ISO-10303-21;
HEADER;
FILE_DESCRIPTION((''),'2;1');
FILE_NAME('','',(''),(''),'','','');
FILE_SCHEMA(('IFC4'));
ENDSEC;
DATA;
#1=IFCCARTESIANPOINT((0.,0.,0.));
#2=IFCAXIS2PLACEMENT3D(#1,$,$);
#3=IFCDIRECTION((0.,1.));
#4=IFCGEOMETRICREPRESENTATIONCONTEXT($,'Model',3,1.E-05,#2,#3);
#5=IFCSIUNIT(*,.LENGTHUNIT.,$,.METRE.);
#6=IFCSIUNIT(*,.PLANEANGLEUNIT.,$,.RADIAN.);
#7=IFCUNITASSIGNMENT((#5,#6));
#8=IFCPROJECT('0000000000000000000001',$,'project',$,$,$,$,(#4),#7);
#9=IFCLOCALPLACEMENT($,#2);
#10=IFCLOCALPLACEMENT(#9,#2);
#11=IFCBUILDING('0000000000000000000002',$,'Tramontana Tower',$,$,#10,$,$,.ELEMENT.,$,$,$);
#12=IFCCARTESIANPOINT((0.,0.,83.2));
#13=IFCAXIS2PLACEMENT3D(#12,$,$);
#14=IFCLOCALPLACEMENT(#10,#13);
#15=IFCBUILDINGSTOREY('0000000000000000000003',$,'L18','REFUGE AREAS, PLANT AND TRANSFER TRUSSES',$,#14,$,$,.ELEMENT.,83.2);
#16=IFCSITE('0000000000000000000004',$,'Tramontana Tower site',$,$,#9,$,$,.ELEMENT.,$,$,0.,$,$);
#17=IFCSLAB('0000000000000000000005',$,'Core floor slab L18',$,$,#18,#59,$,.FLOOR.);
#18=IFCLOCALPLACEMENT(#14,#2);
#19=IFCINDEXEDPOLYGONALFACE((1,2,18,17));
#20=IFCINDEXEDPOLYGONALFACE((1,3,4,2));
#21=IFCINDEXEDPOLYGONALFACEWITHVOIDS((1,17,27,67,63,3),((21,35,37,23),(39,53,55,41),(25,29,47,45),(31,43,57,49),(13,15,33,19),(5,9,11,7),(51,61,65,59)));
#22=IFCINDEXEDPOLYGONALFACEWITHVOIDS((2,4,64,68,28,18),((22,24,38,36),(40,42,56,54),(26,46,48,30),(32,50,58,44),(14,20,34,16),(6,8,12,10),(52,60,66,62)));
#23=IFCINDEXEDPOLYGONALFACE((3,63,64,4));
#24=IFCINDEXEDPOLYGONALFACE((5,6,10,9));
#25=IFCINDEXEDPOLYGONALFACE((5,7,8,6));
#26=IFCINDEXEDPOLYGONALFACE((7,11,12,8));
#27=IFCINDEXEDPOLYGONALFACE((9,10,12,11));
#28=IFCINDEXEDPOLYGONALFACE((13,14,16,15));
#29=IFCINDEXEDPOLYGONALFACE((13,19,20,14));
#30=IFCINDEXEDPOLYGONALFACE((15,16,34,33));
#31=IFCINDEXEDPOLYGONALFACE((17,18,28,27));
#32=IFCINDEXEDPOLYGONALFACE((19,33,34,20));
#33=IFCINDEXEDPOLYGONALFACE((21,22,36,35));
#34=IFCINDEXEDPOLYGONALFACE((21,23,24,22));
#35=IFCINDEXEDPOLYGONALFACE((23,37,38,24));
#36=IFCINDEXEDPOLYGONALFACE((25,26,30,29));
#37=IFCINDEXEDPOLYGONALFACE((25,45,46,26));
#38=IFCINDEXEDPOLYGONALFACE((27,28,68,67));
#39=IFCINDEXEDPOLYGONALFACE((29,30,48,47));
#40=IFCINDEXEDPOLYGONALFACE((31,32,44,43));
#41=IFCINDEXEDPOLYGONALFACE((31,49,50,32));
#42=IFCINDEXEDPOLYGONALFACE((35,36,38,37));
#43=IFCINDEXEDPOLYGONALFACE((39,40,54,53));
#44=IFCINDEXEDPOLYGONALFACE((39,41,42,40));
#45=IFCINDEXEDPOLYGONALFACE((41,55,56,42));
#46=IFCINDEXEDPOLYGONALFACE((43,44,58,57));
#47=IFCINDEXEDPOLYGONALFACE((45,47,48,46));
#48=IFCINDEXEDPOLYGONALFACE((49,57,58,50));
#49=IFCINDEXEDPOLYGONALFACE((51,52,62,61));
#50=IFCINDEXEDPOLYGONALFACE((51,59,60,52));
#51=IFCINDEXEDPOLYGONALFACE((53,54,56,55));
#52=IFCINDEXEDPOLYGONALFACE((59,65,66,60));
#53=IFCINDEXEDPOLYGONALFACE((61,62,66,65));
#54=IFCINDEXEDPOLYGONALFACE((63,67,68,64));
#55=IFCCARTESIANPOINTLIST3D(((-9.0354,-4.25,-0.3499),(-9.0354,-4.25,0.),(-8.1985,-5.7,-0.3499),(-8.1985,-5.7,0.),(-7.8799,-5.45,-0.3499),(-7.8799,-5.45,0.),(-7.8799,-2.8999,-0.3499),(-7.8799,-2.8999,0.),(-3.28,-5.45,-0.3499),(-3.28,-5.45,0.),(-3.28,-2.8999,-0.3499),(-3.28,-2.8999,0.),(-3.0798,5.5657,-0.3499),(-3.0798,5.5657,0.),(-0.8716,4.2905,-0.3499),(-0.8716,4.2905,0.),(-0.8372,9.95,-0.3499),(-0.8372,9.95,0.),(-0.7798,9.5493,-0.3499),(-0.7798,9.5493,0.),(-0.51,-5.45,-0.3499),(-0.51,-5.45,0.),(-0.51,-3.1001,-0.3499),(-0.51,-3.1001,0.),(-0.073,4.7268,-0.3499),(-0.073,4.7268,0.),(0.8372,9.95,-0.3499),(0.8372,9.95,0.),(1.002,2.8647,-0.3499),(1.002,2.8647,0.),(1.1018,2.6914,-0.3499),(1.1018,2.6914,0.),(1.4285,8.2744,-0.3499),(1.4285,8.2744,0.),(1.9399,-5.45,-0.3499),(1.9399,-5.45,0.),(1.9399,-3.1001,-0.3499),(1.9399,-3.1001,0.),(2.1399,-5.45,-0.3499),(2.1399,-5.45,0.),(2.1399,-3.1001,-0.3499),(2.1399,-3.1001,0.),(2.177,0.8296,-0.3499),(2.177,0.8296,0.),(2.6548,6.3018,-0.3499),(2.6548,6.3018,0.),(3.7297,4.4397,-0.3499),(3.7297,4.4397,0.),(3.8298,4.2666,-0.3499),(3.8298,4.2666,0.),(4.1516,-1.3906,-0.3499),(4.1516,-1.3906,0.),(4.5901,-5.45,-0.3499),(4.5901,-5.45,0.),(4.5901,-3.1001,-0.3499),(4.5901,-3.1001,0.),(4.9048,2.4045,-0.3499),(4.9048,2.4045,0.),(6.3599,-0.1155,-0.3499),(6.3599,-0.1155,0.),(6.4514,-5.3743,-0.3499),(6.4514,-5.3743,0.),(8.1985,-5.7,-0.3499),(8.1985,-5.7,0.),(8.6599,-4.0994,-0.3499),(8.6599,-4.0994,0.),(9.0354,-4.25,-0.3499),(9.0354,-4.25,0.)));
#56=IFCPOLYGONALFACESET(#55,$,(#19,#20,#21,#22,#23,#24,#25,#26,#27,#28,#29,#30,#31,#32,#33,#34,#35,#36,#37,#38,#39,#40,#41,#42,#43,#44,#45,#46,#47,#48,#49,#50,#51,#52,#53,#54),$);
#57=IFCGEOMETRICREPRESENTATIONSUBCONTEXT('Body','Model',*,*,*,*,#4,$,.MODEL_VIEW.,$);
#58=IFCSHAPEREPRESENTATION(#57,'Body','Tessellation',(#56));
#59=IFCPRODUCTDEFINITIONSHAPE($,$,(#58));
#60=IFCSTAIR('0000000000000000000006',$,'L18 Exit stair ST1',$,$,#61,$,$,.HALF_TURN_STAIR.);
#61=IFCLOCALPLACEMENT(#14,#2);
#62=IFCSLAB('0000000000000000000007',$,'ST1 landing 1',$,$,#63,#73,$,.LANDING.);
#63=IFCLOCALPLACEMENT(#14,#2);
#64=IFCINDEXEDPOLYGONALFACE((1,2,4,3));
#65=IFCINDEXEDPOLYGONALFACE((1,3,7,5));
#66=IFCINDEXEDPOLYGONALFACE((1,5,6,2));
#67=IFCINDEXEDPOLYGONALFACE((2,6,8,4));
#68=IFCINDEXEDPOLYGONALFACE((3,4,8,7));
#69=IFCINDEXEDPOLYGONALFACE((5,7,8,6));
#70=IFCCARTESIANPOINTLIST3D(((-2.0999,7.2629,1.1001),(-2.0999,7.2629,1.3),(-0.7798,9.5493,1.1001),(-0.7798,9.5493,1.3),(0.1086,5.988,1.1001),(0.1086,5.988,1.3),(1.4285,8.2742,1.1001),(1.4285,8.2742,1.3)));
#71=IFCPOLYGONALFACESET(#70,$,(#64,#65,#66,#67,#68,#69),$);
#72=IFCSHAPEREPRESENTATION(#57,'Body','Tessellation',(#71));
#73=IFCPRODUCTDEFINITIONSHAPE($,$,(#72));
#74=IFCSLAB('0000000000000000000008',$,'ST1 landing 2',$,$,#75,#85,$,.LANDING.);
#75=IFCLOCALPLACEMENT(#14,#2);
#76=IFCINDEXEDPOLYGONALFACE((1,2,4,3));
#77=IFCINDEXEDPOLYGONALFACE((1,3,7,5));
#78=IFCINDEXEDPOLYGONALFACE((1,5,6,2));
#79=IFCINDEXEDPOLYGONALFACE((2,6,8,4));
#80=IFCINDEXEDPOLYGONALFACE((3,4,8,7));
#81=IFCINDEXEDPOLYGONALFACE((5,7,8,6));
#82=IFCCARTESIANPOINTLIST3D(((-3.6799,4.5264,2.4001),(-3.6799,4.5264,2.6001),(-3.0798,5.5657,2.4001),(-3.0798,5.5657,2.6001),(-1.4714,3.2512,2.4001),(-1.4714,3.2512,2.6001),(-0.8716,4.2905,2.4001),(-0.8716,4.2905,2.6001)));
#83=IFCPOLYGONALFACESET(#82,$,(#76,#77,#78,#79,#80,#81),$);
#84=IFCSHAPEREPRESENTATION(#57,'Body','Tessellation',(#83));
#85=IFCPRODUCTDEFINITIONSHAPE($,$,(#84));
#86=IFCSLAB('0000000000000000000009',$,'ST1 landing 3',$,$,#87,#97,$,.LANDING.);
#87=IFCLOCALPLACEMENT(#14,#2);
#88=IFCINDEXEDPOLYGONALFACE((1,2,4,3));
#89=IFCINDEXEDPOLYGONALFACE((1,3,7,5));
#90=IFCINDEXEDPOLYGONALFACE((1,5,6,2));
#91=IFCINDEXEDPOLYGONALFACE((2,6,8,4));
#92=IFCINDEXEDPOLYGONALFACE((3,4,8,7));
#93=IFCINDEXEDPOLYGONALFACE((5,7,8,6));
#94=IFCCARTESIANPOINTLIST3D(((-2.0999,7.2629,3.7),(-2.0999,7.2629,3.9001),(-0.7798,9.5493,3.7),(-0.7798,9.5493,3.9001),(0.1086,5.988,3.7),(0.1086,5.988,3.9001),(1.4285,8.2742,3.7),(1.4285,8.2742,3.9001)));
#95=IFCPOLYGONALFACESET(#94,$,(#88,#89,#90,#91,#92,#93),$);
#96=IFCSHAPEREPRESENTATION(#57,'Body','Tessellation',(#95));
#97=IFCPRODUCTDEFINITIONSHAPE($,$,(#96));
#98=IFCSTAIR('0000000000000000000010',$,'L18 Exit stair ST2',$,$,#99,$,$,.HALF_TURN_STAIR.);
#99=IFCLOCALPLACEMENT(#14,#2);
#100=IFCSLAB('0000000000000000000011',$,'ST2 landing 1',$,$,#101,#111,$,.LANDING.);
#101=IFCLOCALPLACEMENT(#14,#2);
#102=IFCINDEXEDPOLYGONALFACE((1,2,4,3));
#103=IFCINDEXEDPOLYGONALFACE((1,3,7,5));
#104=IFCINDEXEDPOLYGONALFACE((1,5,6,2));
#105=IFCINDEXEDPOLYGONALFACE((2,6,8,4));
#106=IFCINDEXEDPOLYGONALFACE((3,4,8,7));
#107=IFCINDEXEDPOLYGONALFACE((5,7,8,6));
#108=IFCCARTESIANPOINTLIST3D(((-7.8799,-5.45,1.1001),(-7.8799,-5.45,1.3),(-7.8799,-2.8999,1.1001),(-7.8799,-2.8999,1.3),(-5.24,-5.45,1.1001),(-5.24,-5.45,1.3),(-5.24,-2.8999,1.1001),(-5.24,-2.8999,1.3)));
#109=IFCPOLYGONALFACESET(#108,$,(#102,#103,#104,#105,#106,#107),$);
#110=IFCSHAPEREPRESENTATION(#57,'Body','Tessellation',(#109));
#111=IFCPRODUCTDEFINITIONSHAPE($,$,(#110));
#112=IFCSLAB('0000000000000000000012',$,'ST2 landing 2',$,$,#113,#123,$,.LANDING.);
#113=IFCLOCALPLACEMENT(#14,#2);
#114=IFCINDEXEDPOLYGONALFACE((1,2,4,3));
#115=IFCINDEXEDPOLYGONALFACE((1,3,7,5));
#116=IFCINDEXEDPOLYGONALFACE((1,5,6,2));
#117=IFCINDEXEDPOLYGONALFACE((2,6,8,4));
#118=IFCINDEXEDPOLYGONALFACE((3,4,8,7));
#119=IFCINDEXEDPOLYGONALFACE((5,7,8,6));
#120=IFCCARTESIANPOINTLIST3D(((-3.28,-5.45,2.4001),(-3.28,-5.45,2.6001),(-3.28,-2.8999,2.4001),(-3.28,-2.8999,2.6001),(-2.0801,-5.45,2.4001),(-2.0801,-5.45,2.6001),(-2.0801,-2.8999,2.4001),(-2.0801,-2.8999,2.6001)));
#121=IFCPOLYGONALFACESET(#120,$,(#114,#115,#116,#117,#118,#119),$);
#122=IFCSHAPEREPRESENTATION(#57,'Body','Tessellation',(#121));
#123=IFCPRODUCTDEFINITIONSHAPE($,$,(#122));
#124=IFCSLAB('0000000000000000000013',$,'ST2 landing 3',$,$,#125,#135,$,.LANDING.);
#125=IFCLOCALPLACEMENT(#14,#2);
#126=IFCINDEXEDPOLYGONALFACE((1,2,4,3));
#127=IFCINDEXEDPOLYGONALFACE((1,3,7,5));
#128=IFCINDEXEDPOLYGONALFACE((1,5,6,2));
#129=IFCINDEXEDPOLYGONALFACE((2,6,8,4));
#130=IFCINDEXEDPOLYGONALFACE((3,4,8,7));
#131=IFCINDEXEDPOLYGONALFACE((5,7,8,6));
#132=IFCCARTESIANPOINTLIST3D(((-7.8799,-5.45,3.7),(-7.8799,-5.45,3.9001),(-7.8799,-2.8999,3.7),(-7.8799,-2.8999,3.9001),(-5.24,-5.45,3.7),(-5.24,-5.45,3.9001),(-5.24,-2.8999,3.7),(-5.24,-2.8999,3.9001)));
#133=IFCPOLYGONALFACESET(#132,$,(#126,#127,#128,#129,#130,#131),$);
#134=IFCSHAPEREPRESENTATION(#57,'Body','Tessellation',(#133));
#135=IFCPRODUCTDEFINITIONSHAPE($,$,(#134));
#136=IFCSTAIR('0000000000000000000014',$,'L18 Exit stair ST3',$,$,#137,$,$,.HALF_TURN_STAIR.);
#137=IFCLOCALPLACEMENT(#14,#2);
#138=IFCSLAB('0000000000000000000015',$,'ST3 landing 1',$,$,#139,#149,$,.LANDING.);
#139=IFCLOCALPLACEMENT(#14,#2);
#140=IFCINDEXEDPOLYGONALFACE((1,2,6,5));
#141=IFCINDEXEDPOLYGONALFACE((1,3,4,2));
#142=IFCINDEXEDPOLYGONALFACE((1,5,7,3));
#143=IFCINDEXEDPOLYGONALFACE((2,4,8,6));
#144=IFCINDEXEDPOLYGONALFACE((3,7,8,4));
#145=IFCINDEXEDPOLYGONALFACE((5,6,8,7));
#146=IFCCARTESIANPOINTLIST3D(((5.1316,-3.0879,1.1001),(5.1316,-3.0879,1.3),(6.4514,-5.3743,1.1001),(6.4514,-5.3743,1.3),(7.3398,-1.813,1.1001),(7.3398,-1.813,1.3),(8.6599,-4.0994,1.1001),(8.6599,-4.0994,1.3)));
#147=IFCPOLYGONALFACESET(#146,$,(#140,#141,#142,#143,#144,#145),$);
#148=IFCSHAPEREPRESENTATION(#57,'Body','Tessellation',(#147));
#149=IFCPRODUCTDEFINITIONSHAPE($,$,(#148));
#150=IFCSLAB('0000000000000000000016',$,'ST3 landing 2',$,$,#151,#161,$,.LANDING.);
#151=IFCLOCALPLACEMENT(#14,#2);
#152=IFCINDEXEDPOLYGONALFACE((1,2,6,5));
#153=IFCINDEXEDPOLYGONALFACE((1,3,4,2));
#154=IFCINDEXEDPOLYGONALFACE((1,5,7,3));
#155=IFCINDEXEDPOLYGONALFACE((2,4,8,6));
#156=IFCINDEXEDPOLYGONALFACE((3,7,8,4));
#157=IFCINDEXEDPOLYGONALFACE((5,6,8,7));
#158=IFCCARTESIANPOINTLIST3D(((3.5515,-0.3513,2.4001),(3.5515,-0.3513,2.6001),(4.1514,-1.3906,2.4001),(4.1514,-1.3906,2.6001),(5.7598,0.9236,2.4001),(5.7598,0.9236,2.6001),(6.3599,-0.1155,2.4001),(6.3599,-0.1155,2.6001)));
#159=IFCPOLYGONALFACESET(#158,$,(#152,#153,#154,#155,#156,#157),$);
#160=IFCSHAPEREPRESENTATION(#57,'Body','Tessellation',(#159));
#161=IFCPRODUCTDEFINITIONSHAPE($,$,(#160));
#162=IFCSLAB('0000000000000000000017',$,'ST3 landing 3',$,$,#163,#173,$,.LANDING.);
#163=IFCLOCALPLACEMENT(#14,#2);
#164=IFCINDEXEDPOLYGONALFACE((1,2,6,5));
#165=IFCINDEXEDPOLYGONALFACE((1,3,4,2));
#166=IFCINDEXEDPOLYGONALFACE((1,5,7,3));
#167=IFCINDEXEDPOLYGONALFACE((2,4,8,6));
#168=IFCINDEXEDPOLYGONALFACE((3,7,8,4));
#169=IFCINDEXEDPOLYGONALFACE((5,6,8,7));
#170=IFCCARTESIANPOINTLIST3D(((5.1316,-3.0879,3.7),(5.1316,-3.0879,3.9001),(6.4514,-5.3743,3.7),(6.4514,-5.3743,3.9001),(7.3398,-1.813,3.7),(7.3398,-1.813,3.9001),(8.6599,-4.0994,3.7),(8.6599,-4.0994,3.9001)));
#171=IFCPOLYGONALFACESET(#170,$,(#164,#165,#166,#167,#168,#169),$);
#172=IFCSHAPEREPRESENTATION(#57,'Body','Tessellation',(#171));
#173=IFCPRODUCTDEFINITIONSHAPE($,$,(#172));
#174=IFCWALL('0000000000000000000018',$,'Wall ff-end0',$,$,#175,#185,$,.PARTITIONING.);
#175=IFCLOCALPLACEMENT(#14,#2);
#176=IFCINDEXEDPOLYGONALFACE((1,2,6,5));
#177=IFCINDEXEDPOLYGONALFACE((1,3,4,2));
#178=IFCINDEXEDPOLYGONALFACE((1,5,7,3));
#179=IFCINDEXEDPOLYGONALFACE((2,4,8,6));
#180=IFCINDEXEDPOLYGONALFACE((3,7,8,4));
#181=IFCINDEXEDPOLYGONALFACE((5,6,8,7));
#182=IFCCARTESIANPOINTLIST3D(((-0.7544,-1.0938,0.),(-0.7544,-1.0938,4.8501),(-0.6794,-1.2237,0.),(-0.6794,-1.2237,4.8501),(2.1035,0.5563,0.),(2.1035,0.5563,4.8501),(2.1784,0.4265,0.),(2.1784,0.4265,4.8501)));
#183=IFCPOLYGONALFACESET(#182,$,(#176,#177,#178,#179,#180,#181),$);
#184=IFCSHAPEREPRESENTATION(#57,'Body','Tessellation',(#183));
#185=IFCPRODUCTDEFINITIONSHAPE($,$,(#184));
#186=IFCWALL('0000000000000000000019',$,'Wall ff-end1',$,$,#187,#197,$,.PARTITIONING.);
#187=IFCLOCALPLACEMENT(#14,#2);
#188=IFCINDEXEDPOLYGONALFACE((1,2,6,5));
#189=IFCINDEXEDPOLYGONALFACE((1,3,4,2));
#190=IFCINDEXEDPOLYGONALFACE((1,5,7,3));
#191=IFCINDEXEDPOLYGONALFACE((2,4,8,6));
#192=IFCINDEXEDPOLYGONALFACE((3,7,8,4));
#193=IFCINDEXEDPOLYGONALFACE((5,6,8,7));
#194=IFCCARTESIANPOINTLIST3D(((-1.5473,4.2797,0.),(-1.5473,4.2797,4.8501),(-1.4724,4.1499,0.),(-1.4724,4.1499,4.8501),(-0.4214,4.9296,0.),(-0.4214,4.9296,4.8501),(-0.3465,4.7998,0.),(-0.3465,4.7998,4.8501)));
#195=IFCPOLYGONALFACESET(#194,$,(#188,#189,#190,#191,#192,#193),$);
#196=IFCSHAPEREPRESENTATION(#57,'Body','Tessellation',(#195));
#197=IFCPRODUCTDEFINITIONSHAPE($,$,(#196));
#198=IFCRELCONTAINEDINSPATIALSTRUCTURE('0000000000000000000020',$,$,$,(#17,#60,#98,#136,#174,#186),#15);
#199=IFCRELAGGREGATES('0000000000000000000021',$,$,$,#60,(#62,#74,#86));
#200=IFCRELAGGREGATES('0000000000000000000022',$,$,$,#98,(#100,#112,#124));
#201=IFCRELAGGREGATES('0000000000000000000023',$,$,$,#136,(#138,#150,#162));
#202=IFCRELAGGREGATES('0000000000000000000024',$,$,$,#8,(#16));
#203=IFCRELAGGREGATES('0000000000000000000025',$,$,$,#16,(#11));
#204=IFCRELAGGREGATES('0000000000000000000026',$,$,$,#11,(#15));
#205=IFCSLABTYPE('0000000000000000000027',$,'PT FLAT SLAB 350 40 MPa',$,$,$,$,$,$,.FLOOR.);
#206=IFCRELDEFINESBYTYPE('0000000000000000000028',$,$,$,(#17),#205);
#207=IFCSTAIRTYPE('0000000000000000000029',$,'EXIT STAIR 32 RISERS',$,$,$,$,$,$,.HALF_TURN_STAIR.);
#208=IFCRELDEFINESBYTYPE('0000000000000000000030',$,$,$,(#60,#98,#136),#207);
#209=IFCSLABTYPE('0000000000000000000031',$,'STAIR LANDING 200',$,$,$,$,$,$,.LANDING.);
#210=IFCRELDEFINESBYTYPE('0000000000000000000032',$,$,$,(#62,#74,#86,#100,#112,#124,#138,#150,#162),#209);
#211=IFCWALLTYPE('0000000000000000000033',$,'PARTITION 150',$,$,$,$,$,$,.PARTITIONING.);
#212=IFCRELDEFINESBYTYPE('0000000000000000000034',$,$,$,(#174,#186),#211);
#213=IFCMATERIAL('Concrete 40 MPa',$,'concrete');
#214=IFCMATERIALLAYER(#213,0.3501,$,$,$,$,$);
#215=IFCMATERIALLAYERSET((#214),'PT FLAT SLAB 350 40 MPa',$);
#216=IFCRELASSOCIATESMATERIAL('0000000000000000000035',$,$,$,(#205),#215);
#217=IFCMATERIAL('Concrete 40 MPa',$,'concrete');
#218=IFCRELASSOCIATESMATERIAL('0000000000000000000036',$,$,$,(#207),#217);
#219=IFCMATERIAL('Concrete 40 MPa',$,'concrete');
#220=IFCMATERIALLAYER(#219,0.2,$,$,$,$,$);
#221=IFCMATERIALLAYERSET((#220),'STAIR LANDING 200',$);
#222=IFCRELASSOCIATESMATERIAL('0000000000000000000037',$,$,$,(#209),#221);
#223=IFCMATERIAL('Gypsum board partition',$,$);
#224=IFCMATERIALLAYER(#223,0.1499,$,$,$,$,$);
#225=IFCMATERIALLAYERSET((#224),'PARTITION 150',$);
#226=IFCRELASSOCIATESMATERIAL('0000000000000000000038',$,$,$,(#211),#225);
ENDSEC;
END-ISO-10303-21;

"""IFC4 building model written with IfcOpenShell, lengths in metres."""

from ifc_helpers import new_model, si_unit, direction, frame, frame_2d, origin, place, context, subcontext, project, spatial, polyline, rectangle, outline, extrude, material, layer, layer_set, type_object, element, aggregate, save


model = new_model("IFC4")

# Units and contexts
model_context = context("Model", 3, precision=1e-05, world=origin(), true_north=direction((0.0, 1.0)))
body_context = subcontext(model_context, "Body", "Model", "MODEL_VIEW")
ifc_project = project(units=[si_unit("LENGTHUNIT", "METRE"), si_unit("PLANEANGLEUNIT", "RADIAN")], contexts=[model_context])

# Site, building, storey
site_placement = place(None, origin())
site = spatial("IfcSite", under=ifc_project, at=site_placement, Name="Tramontana Tower site", CompositionType="ELEMENT", RefElevation=0.0)
building_placement = place(site_placement, origin())
building = spatial("IfcBuilding", under=site, at=building_placement, Name="Tramontana Tower", CompositionType="ELEMENT")
storey_placement = place(building_placement, frame((0.0, 0.0, 83.2)))
storey = spatial("IfcBuildingStorey", under=building, at=storey_placement, Name="L18", Description="REFUGE AREAS, PLANT AND TRANSFER TRUSSES", CompositionType="ELEMENT", Elevation=83.2)

# Slab
ifc_material_1 = material(Name="Concrete 40 MPa", Category="concrete")
ifc_layer_1 = layer(ifc_material_1, 0.3501)
ifc_layer_set_1 = layer_set([ifc_layer_1], Name="PT FLAT SLAB 350 40 MPa")
slab_type_1 = type_object("IfcSlabType", Name="PT FLAT SLAB 350 40 MPa", PredefinedType="FLOOR", material=ifc_layer_set_1)
slab_1_placement = place(storey_placement, frame((0.0, 0.0, -0.3499)))
element("IfcSlab", 1, at=slab_1_placement, inside=storey, type_object=slab_type_1, Name="Core floor slab L18", PredefinedType="FLOOR", context=body_context, shape_type="SweptSolid", body=[
    extrude(outline(polyline([(9.0354, -4.25), (8.1985, -5.7), (-8.1985, -5.7), (-9.0354, -4.25), (-0.8372, 9.95), (0.8372, 9.95), (9.0354, -4.25)]), holes=[polyline([(8.6599, -4.0994), (6.3599, -0.1155), (4.1516, -1.3906), (6.4514, -5.3743), (8.6599, -4.0994)]), polyline([(3.8298, 4.2666), (1.1018, 2.6914), (2.177, 0.8296), (4.9048, 2.4045), (3.8298, 4.2666)]), polyline([(4.5901, -3.1001), (2.1399, -3.1001), (2.1399, -5.45), (4.5901, -5.45), (4.5901, -3.1001)]), polyline([(2.6548, 6.3018), (-0.073, 4.7268), (1.002, 2.8647), (3.7297, 4.4397), (2.6548, 6.3018)]), polyline([(1.9399, -5.45), (1.9399, -3.1001), (-0.51, -3.1001), (-0.51, -5.45), (1.9399, -5.45)]), polyline([(-0.7798, 9.5493), (-3.0798, 5.5657), (-0.8716, 4.2905), (1.4285, 8.2744), (-0.7798, 9.5493)]), polyline([(-7.8799, -5.45), (-3.28, -5.45), (-3.28, -2.8999), (-7.8799, -2.8999), (-7.8799, -5.45)])]), origin(), (0.0, 0.0, 1.0), 0.3499),
])

# Stairs, slabs
ifc_material_2 = material(Name="Concrete 40 MPa", Category="concrete")
stair_type = type_object("IfcStairType", Name="EXIT STAIR 32 RISERS", PredefinedType="HALF_TURN_STAIR", material=ifc_material_2)
stair_1_placement = place(storey_placement, origin())
stair_1 = element("IfcStair", 2, at=stair_1_placement, inside=storey, type_object=stair_type, Name="L18 Exit stair ST1", PredefinedType="HALF_TURN_STAIR")
ifc_material_3 = material(Name="Concrete 40 MPa", Category="concrete")
ifc_layer_2 = layer(ifc_material_3, 0.2)
ifc_layer_set_2 = layer_set([ifc_layer_2], Name="STAIR LANDING 200")
slab_type_2 = type_object("IfcSlabType", Name="STAIR LANDING 200", PredefinedType="LANDING", material=ifc_layer_set_2)
slab_2_placement = place(storey_placement, frame((0.0, 0.0, 1.1001)))
slab_2 = element("IfcSlab", 3, at=slab_2_placement, type_object=slab_type_2, Name="ST1 landing 1", PredefinedType="LANDING", context=body_context, shape_type="SweptSolid", body=[
    extrude(outline(polyline([(0.1086, 5.988), (1.4285, 8.2742), (-0.7798, 9.5493), (-2.0999, 7.2629), (0.1086, 5.988)])), origin(), (0.0, 0.0, 1.0), 0.2),
])
slab_3_placement = place(storey_placement, frame((0.0, 0.0, 2.4001)))
slab_3 = element("IfcSlab", 4, at=slab_3_placement, type_object=slab_type_2, Name="ST1 landing 2", PredefinedType="LANDING", context=body_context, shape_type="SweptSolid", body=[
    extrude(outline(polyline([(-1.4714, 3.2512), (-0.8716, 4.2905), (-3.0798, 5.5657), (-3.6799, 4.5264), (-1.4714, 3.2512)])), origin(), (0.0, 0.0, 1.0), 0.2),
])
slab_4_placement = place(storey_placement, frame((0.0, 0.0, 3.7)))
slab_4 = element("IfcSlab", 5, at=slab_4_placement, type_object=slab_type_2, Name="ST1 landing 3", PredefinedType="LANDING", context=body_context, shape_type="SweptSolid", body=[
    extrude(outline(polyline([(0.1086, 5.988), (1.4285, 8.2742), (-0.7798, 9.5493), (-2.0999, 7.2629), (0.1086, 5.988)])), origin(), (0.0, 0.0, 1.0), 0.2002),
])
aggregate(stair_1, [slab_2, slab_3, slab_4])
stair_2_placement = place(storey_placement, origin())
stair_2 = element("IfcStair", 6, at=stair_2_placement, inside=storey, type_object=stair_type, Name="L18 Exit stair ST2", PredefinedType="HALF_TURN_STAIR")
slab_5_placement = place(storey_placement, frame((0.0, 0.0, 1.1001)))
slab_5 = element("IfcSlab", 7, at=slab_5_placement, type_object=slab_type_2, Name="ST2 landing 1", PredefinedType="LANDING", context=body_context, shape_type="SweptSolid", body=[
    extrude(outline(polyline([(-5.24, -2.8999), (-7.8799, -2.8999), (-7.8799, -5.45), (-5.24, -5.45), (-5.24, -2.8999)])), origin(), (0.0, 0.0, 1.0), 0.2),
])
slab_6_placement = place(storey_placement, frame((0.0, 0.0, 2.4001)))
slab_6 = element("IfcSlab", 8, at=slab_6_placement, type_object=slab_type_2, Name="ST2 landing 2", PredefinedType="LANDING", context=body_context, shape_type="SweptSolid", body=[
    extrude(outline(polyline([(-2.0801, -2.8999), (-3.28, -2.8999), (-3.28, -5.45), (-2.0801, -5.45), (-2.0801, -2.8999)])), origin(), (0.0, 0.0, 1.0), 0.2),
])
slab_7_placement = place(storey_placement, frame((0.0, 0.0, 3.7)))
slab_7 = element("IfcSlab", 9, at=slab_7_placement, type_object=slab_type_2, Name="ST2 landing 3", PredefinedType="LANDING", context=body_context, shape_type="SweptSolid", body=[
    extrude(outline(polyline([(-5.24, -2.8999), (-7.8799, -2.8999), (-7.8799, -5.45), (-5.24, -5.45), (-5.24, -2.8999)])), origin(), (0.0, 0.0, 1.0), 0.2002),
])
aggregate(stair_2, [slab_5, slab_6, slab_7])
stair_3_placement = place(storey_placement, origin())
stair_3 = element("IfcStair", 10, at=stair_3_placement, inside=storey, type_object=stair_type, Name="L18 Exit stair ST3", PredefinedType="HALF_TURN_STAIR")
slab_8_placement = place(storey_placement, frame((0.0, 0.0, 1.1001)))
slab_8 = element("IfcSlab", 11, at=slab_8_placement, type_object=slab_type_2, Name="ST3 landing 1", PredefinedType="LANDING", context=body_context, shape_type="SweptSolid", body=[
    extrude(outline(polyline([(5.1316, -3.0879), (6.4514, -5.3743), (8.6599, -4.0994), (7.3398, -1.813), (5.1316, -3.0879)])), origin(), (0.0, 0.0, 1.0), 0.2),
])
slab_9_placement = place(storey_placement, frame((0.0, 0.0, 2.4001)))
slab_9 = element("IfcSlab", 12, at=slab_9_placement, type_object=slab_type_2, Name="ST3 landing 2", PredefinedType="LANDING", context=body_context, shape_type="SweptSolid", body=[
    extrude(outline(polyline([(3.5515, -0.3513), (4.1514, -1.3906), (6.3599, -0.1155), (5.7598, 0.9236), (3.5515, -0.3513)])), origin(), (0.0, 0.0, 1.0), 0.2),
])
slab_10_placement = place(storey_placement, frame((0.0, 0.0, 3.7)))
slab_10 = element("IfcSlab", 13, at=slab_10_placement, type_object=slab_type_2, Name="ST3 landing 3", PredefinedType="LANDING", context=body_context, shape_type="SweptSolid", body=[
    extrude(outline(polyline([(5.1316, -3.0879), (6.4514, -5.3743), (8.6599, -4.0994), (7.3398, -1.813), (5.1316, -3.0879)])), origin(), (0.0, 0.0, 1.0), 0.2002),
])
aggregate(stair_3, [slab_8, slab_9, slab_10])

# Shared definitions
ifc_material_4 = material(Name="Gypsum board partition")
ifc_layer_3 = layer(ifc_material_4, 0.1499)
ifc_layer_set_3 = layer_set([ifc_layer_3], Name="PARTITION 150")
wall_type_1 = type_object("IfcWallType", Name="PARTITION 150", PredefinedType="PARTITIONING", material=ifc_layer_set_3)

# Walls
wall_1_placement = place(storey_placement, frame((-0.7168, -1.1587, 0.0), z_axis=(0.0, 0.0, 1.0), x_axis=(0.866008, 0.50003, 0.0)))
element("IfcWall", 14, at=wall_1_placement, inside=storey, type_object=wall_type_1, Name="Wall ff-end0", PredefinedType="PARTITIONING", context=body_context, shape_type="SweptSolid", body=[
    extrude(rectangle(XDim=3.3, YDim=0.1499, at=frame_2d((1.6499, 0.0))), origin(), (0.0, 0.0, 1.0), 4.8501),
])
wall_2_placement = place(storey_placement, frame((-1.5098, 4.2148, 0.0), z_axis=(0.0, 0.0, 1.0), x_axis=(0.866086, 0.499896, 0.0)))
element("IfcWall", 15, at=wall_2_placement, inside=storey, type_object=wall_type_1, Name="Wall ff-end1", PredefinedType="PARTITIONING", context=body_context, shape_type="SweptSolid", body=[
    extrude(rectangle(XDim=1.3, YDim=0.1499, at=frame_2d((0.6499, 0.0))), origin(), (0.0, 0.0, 1.0), 4.8501),
])

save(model, "model.ifc")
